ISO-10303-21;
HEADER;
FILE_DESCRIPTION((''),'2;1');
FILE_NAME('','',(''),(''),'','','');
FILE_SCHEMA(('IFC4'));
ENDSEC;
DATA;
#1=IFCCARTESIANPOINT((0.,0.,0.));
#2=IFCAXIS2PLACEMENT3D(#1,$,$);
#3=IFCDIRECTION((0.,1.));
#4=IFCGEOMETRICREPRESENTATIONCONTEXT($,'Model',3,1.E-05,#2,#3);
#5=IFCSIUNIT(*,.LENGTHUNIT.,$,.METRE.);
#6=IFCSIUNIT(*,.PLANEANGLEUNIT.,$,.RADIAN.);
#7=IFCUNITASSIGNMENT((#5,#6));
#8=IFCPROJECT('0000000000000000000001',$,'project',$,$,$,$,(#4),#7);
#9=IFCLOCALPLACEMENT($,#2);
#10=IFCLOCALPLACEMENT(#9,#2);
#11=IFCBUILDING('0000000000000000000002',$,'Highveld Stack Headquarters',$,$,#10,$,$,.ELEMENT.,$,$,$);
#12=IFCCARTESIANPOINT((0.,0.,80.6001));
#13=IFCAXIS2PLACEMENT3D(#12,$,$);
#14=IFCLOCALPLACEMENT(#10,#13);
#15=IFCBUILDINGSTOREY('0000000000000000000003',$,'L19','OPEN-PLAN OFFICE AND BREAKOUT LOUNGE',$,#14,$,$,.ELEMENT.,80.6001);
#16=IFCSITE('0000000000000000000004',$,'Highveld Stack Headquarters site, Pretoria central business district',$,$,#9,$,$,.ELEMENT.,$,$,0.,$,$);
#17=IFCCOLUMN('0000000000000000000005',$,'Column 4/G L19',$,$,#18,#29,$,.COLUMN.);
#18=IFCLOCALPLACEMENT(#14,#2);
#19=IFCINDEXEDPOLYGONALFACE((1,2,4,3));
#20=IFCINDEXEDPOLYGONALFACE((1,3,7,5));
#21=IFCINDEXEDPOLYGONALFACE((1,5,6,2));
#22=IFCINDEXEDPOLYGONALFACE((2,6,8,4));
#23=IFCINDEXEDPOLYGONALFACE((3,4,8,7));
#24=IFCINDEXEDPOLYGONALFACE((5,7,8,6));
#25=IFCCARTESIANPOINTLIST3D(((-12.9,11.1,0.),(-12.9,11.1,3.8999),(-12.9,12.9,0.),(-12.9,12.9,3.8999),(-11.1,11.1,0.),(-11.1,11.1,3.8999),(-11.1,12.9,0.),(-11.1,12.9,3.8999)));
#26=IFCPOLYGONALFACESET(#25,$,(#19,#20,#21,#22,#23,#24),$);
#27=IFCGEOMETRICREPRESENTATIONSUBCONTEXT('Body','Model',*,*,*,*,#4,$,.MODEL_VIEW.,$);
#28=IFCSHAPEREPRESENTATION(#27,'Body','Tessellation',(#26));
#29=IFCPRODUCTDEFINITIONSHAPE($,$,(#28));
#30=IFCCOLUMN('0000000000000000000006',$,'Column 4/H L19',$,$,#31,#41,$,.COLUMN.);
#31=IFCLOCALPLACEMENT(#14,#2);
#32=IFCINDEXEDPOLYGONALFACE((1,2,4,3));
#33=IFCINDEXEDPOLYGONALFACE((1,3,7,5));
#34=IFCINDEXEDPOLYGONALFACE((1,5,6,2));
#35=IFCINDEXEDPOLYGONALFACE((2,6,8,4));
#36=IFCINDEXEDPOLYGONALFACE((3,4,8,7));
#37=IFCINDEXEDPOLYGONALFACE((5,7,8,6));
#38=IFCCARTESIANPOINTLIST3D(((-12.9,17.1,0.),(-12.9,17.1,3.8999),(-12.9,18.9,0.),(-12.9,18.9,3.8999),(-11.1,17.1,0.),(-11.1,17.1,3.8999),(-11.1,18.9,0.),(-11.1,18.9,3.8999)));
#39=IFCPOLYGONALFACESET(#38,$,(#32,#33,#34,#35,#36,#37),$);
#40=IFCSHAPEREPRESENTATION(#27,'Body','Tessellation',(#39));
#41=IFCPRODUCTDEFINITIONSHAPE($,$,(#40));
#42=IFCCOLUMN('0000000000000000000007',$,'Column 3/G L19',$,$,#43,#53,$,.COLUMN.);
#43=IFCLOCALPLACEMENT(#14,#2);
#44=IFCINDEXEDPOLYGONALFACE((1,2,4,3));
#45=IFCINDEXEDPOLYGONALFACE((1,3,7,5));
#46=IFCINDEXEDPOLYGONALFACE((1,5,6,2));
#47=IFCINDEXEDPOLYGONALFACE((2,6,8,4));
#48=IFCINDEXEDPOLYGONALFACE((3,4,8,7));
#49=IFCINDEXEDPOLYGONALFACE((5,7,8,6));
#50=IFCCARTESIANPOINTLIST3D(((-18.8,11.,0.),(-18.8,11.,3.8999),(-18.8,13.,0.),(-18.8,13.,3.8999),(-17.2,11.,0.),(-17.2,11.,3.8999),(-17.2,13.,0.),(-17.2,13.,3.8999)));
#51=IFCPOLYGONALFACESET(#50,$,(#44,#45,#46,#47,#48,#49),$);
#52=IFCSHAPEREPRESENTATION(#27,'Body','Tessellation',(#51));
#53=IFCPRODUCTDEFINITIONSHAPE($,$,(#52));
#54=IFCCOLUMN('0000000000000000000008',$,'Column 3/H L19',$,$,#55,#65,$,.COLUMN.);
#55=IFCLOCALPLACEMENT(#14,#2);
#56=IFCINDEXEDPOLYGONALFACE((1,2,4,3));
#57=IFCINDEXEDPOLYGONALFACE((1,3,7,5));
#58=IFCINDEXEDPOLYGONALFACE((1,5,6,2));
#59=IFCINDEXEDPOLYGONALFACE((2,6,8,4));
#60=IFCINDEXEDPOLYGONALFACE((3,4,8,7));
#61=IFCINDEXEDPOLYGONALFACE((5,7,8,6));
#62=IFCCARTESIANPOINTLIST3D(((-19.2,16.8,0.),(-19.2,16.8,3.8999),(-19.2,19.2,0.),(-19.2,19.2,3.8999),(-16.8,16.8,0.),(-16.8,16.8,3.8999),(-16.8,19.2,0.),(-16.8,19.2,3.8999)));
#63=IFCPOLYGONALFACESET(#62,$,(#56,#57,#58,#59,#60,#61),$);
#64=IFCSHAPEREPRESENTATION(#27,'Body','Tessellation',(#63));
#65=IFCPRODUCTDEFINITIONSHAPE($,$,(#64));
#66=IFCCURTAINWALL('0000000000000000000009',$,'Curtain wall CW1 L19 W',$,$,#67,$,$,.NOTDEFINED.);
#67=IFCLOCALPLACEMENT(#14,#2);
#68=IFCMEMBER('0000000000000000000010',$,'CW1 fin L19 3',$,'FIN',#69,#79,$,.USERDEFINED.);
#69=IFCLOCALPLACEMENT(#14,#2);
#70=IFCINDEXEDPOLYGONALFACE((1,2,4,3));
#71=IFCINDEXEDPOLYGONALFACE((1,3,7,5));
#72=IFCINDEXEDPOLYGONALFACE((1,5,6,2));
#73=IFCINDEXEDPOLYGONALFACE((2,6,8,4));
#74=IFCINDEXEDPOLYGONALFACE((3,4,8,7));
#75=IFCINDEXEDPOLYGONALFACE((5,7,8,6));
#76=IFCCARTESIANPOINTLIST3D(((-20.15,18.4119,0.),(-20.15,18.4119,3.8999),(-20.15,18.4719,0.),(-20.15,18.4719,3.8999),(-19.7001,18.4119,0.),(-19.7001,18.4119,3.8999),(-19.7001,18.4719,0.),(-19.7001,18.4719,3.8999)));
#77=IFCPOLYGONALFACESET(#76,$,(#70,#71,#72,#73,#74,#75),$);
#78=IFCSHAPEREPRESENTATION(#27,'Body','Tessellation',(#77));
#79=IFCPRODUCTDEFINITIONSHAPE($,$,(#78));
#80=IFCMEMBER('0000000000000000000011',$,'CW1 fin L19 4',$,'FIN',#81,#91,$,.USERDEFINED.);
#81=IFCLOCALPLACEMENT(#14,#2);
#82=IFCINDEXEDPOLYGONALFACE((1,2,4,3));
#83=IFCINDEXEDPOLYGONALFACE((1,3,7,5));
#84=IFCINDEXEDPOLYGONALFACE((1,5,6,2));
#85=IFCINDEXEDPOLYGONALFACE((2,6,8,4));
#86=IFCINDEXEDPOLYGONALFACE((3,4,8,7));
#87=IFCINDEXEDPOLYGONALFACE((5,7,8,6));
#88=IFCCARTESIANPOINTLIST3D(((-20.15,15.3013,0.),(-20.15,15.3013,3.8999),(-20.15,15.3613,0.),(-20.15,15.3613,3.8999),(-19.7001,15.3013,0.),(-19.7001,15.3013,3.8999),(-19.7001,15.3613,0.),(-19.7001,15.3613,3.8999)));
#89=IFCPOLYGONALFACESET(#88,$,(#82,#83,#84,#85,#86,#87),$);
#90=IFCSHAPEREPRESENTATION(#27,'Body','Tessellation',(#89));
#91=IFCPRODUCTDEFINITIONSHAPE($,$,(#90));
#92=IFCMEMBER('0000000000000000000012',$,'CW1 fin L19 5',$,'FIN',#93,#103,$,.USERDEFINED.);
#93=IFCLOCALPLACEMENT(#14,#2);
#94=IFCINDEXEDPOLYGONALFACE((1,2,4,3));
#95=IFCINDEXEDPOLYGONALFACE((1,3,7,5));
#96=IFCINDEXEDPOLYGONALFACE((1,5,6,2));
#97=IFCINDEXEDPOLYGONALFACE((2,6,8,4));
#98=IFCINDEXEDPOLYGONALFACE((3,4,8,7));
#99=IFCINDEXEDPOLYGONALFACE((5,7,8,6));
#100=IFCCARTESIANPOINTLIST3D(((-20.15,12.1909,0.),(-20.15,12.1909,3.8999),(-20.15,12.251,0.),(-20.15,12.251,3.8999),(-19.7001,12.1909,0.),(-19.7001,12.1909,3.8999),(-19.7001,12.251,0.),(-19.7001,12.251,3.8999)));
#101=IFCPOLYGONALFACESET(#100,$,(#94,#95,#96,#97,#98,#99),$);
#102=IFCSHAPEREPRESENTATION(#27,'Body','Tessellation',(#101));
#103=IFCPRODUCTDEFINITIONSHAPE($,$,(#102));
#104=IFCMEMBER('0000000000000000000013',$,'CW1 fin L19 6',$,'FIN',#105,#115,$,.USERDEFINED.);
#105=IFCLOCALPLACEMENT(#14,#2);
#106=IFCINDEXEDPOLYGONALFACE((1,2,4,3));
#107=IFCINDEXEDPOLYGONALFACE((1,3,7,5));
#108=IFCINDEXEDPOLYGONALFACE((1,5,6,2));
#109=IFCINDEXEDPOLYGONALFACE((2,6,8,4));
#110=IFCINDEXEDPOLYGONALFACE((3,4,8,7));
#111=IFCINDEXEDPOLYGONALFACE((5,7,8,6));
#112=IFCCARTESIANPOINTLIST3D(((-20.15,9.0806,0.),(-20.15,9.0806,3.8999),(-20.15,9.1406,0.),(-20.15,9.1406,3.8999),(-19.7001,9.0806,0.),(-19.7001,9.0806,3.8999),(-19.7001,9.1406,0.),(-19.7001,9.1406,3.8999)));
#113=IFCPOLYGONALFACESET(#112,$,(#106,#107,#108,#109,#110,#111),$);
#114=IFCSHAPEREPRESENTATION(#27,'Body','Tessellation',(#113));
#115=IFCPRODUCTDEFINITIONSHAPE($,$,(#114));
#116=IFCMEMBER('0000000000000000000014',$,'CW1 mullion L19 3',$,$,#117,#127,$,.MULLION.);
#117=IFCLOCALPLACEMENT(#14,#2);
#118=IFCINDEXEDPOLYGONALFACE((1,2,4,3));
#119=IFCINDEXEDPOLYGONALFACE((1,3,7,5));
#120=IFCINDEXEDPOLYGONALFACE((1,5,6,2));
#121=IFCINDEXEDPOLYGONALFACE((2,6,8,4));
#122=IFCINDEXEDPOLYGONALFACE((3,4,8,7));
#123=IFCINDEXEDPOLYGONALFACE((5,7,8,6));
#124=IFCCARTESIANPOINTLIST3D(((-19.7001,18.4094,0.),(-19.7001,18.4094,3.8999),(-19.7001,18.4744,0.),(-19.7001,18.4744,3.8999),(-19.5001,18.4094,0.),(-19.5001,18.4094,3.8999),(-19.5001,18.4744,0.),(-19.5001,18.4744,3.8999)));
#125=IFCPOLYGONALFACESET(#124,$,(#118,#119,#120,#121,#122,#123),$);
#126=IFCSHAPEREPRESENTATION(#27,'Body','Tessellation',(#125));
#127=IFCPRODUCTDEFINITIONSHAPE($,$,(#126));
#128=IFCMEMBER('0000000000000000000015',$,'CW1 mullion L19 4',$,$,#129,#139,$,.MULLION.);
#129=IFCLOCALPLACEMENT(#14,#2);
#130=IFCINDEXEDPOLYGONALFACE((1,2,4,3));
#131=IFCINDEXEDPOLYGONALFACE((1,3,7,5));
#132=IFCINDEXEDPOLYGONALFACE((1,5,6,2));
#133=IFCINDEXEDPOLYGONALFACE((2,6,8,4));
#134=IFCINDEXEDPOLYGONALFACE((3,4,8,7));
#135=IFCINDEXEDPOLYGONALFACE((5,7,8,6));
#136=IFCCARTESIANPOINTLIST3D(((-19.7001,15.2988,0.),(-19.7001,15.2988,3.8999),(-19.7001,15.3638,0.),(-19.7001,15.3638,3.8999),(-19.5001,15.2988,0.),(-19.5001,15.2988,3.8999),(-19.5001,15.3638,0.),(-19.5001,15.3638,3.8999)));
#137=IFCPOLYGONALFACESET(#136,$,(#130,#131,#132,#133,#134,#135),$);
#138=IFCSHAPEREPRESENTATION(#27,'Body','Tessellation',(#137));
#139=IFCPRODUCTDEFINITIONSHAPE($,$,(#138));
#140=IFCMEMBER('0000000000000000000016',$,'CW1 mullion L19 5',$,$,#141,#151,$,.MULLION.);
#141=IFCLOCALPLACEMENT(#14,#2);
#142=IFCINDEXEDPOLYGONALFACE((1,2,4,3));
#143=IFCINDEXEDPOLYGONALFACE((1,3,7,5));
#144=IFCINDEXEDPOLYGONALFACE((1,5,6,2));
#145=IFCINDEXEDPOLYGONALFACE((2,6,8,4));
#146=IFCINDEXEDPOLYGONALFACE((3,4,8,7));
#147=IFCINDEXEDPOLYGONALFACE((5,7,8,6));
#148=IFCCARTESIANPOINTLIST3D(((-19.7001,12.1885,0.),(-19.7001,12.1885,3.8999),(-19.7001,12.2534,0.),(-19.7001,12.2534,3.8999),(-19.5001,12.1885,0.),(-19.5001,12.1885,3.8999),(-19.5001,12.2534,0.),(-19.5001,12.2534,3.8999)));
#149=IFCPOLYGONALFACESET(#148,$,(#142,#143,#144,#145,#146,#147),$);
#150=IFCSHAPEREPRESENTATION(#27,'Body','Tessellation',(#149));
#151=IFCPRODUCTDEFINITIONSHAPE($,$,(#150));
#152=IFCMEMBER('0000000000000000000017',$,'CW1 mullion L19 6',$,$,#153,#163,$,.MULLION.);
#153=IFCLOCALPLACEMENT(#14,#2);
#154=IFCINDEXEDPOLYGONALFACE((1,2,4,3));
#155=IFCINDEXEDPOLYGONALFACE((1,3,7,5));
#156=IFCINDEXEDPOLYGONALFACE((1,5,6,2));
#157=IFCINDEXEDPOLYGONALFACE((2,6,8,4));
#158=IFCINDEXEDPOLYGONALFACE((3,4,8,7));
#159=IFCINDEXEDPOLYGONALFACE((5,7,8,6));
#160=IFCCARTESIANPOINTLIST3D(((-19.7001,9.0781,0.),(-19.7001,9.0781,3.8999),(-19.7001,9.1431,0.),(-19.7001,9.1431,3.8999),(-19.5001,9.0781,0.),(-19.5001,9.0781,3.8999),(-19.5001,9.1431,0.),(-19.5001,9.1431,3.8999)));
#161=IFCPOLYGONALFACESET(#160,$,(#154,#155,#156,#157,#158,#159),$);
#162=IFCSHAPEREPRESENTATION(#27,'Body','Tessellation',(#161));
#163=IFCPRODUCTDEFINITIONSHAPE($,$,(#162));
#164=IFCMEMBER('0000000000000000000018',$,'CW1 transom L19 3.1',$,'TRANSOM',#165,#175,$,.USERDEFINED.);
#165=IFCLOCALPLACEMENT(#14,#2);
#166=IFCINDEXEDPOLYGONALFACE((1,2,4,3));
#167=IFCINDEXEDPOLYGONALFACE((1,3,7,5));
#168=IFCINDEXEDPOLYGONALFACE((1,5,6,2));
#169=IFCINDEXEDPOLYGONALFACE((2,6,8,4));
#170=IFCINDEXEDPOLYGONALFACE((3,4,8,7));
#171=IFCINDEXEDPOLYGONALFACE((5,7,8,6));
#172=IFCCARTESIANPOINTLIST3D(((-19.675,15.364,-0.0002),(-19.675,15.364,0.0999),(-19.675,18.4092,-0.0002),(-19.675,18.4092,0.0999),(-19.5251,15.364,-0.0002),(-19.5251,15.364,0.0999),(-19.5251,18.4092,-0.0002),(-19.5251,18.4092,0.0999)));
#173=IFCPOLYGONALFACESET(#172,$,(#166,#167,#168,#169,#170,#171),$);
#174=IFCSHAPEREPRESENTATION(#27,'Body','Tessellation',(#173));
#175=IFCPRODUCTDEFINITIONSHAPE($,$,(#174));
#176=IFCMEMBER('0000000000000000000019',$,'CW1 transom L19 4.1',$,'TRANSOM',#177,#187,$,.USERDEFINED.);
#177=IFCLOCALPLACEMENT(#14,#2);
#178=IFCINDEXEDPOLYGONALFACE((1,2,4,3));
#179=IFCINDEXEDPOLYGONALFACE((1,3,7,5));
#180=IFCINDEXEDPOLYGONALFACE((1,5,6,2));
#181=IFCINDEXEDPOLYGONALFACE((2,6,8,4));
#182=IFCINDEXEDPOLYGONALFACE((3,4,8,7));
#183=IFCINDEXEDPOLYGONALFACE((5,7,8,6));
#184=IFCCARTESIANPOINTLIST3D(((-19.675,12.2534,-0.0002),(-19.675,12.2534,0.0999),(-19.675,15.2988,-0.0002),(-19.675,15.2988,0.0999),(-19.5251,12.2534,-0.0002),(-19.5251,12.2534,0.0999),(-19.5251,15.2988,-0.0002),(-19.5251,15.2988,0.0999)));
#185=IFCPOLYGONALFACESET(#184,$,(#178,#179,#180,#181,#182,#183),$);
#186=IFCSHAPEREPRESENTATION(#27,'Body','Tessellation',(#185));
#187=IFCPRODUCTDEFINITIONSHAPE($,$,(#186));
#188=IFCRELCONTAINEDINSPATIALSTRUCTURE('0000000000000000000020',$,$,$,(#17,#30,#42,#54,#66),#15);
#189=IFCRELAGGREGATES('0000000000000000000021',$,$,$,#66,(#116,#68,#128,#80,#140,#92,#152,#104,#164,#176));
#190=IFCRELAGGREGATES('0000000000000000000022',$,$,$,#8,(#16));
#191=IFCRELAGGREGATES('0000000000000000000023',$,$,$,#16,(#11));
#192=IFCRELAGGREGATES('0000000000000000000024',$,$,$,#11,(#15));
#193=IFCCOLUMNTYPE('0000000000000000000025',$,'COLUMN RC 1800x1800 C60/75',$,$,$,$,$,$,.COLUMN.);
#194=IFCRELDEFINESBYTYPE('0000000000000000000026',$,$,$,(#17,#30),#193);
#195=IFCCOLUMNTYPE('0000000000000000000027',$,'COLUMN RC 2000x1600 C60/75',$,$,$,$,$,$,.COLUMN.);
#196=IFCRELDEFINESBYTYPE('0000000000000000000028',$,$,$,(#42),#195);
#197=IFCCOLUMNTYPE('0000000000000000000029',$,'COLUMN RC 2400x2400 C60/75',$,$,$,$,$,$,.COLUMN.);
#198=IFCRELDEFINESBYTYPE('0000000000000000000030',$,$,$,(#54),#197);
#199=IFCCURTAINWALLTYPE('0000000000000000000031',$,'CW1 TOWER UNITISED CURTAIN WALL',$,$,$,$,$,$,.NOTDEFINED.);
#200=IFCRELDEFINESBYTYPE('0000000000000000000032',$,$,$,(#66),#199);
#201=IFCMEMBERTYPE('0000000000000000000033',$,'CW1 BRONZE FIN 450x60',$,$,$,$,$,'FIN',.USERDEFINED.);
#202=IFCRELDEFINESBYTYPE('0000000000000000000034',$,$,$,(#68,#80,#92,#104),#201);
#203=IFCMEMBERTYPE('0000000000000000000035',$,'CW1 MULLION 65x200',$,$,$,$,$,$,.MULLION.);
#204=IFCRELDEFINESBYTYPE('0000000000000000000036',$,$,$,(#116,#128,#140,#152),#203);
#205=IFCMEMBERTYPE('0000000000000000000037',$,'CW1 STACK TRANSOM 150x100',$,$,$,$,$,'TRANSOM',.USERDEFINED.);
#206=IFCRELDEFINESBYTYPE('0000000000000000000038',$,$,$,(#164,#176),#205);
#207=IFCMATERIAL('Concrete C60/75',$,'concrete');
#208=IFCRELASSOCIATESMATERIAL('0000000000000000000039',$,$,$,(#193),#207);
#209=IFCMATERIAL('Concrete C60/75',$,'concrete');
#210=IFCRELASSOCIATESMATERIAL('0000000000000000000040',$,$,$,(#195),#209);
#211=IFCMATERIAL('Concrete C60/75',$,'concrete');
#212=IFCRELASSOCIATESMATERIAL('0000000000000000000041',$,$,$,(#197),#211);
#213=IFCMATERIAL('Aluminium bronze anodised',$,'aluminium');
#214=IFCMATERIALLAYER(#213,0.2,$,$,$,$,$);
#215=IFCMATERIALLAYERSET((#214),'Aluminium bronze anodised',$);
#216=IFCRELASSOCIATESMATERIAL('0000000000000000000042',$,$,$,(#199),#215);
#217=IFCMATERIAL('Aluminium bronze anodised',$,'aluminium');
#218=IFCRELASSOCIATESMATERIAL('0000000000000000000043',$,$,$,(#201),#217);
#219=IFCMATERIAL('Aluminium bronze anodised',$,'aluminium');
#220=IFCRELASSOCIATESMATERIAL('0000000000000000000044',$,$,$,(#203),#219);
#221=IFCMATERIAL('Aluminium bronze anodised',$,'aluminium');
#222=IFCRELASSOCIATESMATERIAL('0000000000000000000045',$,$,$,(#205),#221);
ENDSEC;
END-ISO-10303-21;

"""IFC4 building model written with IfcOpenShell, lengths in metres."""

from ifc_helpers import new_model, si_unit, direction, frame, origin, origin_2d, place, context, subcontext, project, spatial, rectangle, extrude, material, layer, layer_set, material_profile, profile_set, type_object, element, aggregate, save


model = new_model("IFC4")

# Units and contexts
model_context = context("Model", 3, precision=1e-05, world=origin(), true_north=direction((0.0, 1.0)))
body_context = subcontext(model_context, "Body", "Model", "MODEL_VIEW")
ifc_project = project(units=[si_unit("LENGTHUNIT", "METRE"), si_unit("PLANEANGLEUNIT", "RADIAN")], contexts=[model_context])

# Site, building, storey
site_placement = place(None, origin())
site = spatial("IfcSite", under=ifc_project, at=site_placement, Name="Highveld Stack Headquarters site, Pretoria central business district", CompositionType="ELEMENT", RefElevation=0.0)
building_placement = place(site_placement, origin())
building = spatial("IfcBuilding", under=site, at=building_placement, Name="Highveld Stack Headquarters", CompositionType="ELEMENT")
storey_placement = place(building_placement, frame((0.0, 0.0, 80.6001)))
storey = spatial("IfcBuildingStorey", under=building, at=storey_placement, Name="L19", Description="OPEN-PLAN OFFICE AND BREAKOUT LOUNGE", CompositionType="ELEMENT", Elevation=80.6001)

# Columns
ifc_material_1 = material(Name="Concrete C60/75", Category="concrete")
ifc_material_profile_1 = material_profile(ifc_material_1, rectangle(XDim=1.8, YDim=1.8, at=origin_2d()), Name="RC 1800x1800")
ifc_profile_set_1 = profile_set([ifc_material_profile_1], Name="Concrete C60/75")
column_type_1 = type_object("IfcColumnType", Name="COLUMN RC 1800x1800 C60/75", PredefinedType="COLUMN", material=ifc_profile_set_1)
for number, where, z_axis, x_axis, name in (
    (1, (-12.0, 12.0, 0.0), (0.0, 0.0, 1.0), (1.0, 0.0, 0.0), "Column 4/G L19"),
    (2, (-12.0, 18.0, 0.0), (0.0, 0.0, 1.0), (1.0, 0.0, 0.0), "Column 4/H L19"),
):
    element("IfcColumn", number, at=place(storey_placement, frame(where, z_axis=z_axis, x_axis=x_axis)), inside=storey, type_object=column_type_1, Name=name, PredefinedType="COLUMN", context=body_context, shape_type="SweptSolid", body=[
        extrude(rectangle(XDim=1.8, YDim=1.8, at=origin_2d()), origin(), (0.0, 0.0, 1.0), 3.8999),
    ])
ifc_material_2 = material(Name="Concrete C60/75", Category="concrete")
ifc_material_profile_2 = material_profile(ifc_material_2, rectangle(XDim=2.0, YDim=1.6001, at=origin_2d()), Name="RC 2000x1600")
ifc_profile_set_2 = profile_set([ifc_material_profile_2], Name="Concrete C60/75")
column_type_2 = type_object("IfcColumnType", Name="COLUMN RC 2000x1600 C60/75", PredefinedType="COLUMN", material=ifc_profile_set_2)
column_1_placement = place(storey_placement, frame((-18.0, 12.0, 0.0), z_axis=(0.0, 0.0, 1.0), x_axis=(0.0, 1.0, 0.0)))
element("IfcColumn", 3, at=column_1_placement, inside=storey, type_object=column_type_2, Name="Column 3/G L19", PredefinedType="COLUMN", context=body_context, shape_type="SweptSolid", body=[
    extrude(rectangle(XDim=2.0, YDim=1.6001, at=origin_2d()), origin(), (0.0, 0.0, 1.0), 3.8999),
])
ifc_material_3 = material(Name="Concrete C60/75", Category="concrete")
ifc_material_profile_3 = material_profile(ifc_material_3, rectangle(XDim=2.3999, YDim=2.3999, at=origin_2d()), Name="RC 2400x2400")
ifc_profile_set_3 = profile_set([ifc_material_profile_3], Name="Concrete C60/75")
column_type_3 = type_object("IfcColumnType", Name="COLUMN RC 2400x2400 C60/75", PredefinedType="COLUMN", material=ifc_profile_set_3)
column_2_placement = place(storey_placement, frame((-18.0, 18.0, 0.0), z_axis=(0.0, 0.0, 1.0), x_axis=(1.0, 0.0, 0.0)))
element("IfcColumn", 4, at=column_2_placement, inside=storey, type_object=column_type_3, Name="Column 3/H L19", PredefinedType="COLUMN", context=body_context, shape_type="SweptSolid", body=[
    extrude(rectangle(XDim=2.3999, YDim=2.3999, at=origin_2d()), origin(), (0.0, 0.0, 1.0), 3.8999),
])

# Curtain wall, members
ifc_material_4 = material(Name="Aluminium bronze anodised", Category="aluminium")
ifc_layer_1 = layer(ifc_material_4, 0.2)
ifc_layer_set_1 = layer_set([ifc_layer_1], Name="Aluminium bronze anodised")
curtain_wall_type = type_object("IfcCurtainWallType", Name="CW1 TOWER UNITISED CURTAIN WALL", PredefinedType="NOTDEFINED", material=ifc_layer_set_1)
curtain_wall_placement = place(storey_placement, origin())
curtain_wall = element("IfcCurtainWall", 5, at=curtain_wall_placement, inside=storey, type_object=curtain_wall_type, Name="Curtain wall CW1 L19 W", PredefinedType="NOTDEFINED")
ifc_material_5 = material(Name="Aluminium bronze anodised", Category="aluminium")
ifc_material_profile_4 = material_profile(ifc_material_5, rectangle(XDim=0.45, YDim=0.0601, at=origin_2d()), Name="FIN 450x60")
ifc_profile_set_4 = profile_set([ifc_material_profile_4], Name="Aluminium bronze anodised")
member_type_1 = type_object("IfcMemberType", Name="CW1 BRONZE FIN 450x60", ElementType="FIN", PredefinedType="USERDEFINED", material=ifc_profile_set_4)
member_1_placement = place(storey_placement, frame((-19.925, 18.4419, 0.0), z_axis=(0.0, 0.0, 1.0), x_axis=(1.0, 0.0, 0.0)))
member_1 = element("IfcMember", 6, at=member_1_placement, type_object=member_type_1, Name="CW1 fin L19 3", ObjectType="FIN", PredefinedType="USERDEFINED", context=body_context, shape_type="SweptSolid", body=[
    extrude(rectangle(XDim=0.45, YDim=0.0601, at=origin_2d()), origin(), (0.0, 0.0, 1.0), 3.8999),
])
member_2_placement = place(storey_placement, frame((-19.925, 15.3313, 0.0), z_axis=(0.0, 0.0, 1.0), x_axis=(1.0, 0.0, 0.0)))
member_2 = element("IfcMember", 7, at=member_2_placement, type_object=member_type_1, Name="CW1 fin L19 4", ObjectType="FIN", PredefinedType="USERDEFINED", context=body_context, shape_type="SweptSolid", body=[
    extrude(rectangle(XDim=0.45, YDim=0.0601, at=origin_2d()), origin(), (0.0, 0.0, 1.0), 3.8999),
])
member_3_placement = place(storey_placement, frame((-19.925, 12.2209, 0.0), z_axis=(0.0, 0.0, 1.0), x_axis=(1.0, 0.0, 0.0)))
member_3 = element("IfcMember", 8, at=member_3_placement, type_object=member_type_1, Name="CW1 fin L19 5", ObjectType="FIN", PredefinedType="USERDEFINED", context=body_context, shape_type="SweptSolid", body=[
    extrude(rectangle(XDim=0.45, YDim=0.0601, at=origin_2d()), origin(), (0.0, 0.0, 1.0), 3.8999),
])
member_4_placement = place(storey_placement, frame((-19.925, 9.1106, 0.0), z_axis=(0.0, 0.0, 1.0), x_axis=(1.0, 0.0, 0.0)))
member_4 = element("IfcMember", 9, at=member_4_placement, type_object=member_type_1, Name="CW1 fin L19 6", ObjectType="FIN", PredefinedType="USERDEFINED", context=body_context, shape_type="SweptSolid", body=[
    extrude(rectangle(XDim=0.45, YDim=0.0601, at=origin_2d()), origin(), (0.0, 0.0, 1.0), 3.8999),
])
ifc_material_6 = material(Name="Aluminium bronze anodised", Category="aluminium")
ifc_material_profile_5 = material_profile(ifc_material_6, rectangle(XDim=0.2, YDim=0.0649, at=origin_2d()), Name="CW1 MULLION 65x200")
ifc_profile_set_5 = profile_set([ifc_material_profile_5], Name="Aluminium bronze anodised")
member_type_2 = type_object("IfcMemberType", Name="CW1 MULLION 65x200", PredefinedType="MULLION", material=ifc_profile_set_5)
member_5_placement = place(storey_placement, frame((-19.6001, 18.4419, 0.0), z_axis=(0.0, 0.0, 1.0), x_axis=(1.0, 0.0, 0.0)))
member_5 = element("IfcMember", 10, at=member_5_placement, type_object=member_type_2, Name="CW1 mullion L19 3", PredefinedType="MULLION", context=body_context, shape_type="SweptSolid", body=[
    extrude(rectangle(XDim=0.2, YDim=0.0649, at=origin_2d()), origin(), (0.0, 0.0, 1.0), 3.8999),
])
member_6_placement = place(storey_placement, frame((-19.6001, 15.3313, 0.0), z_axis=(0.0, 0.0, 1.0), x_axis=(1.0, 0.0, 0.0)))
member_6 = element("IfcMember", 11, at=member_6_placement, type_object=member_type_2, Name="CW1 mullion L19 4", PredefinedType="MULLION", context=body_context, shape_type="SweptSolid", body=[
    extrude(rectangle(XDim=0.2, YDim=0.0649, at=origin_2d()), origin(), (0.0, 0.0, 1.0), 3.8999),
])
member_7_placement = place(storey_placement, frame((-19.6001, 12.2209, 0.0), z_axis=(0.0, 0.0, 1.0), x_axis=(1.0, 0.0, 0.0)))
member_7 = element("IfcMember", 12, at=member_7_placement, type_object=member_type_2, Name="CW1 mullion L19 5", PredefinedType="MULLION", context=body_context, shape_type="SweptSolid", body=[
    extrude(rectangle(XDim=0.2, YDim=0.0649, at=origin_2d()), origin(), (0.0, 0.0, 1.0), 3.8999),
])
member_8_placement = place(storey_placement, frame((-19.6001, 9.1106, 0.0), z_axis=(0.0, 0.0, 1.0), x_axis=(1.0, 0.0, 0.0)))
member_8 = element("IfcMember", 13, at=member_8_placement, type_object=member_type_2, Name="CW1 mullion L19 6", PredefinedType="MULLION", context=body_context, shape_type="SweptSolid", body=[
    extrude(rectangle(XDim=0.2, YDim=0.0649, at=origin_2d()), origin(), (0.0, 0.0, 1.0), 3.8999),
])
ifc_material_7 = material(Name="Aluminium bronze anodised", Category="aluminium")
ifc_material_profile_6 = material_profile(ifc_material_7, rectangle(XDim=0.1499, YDim=0.1001, at=origin_2d()), Name="CW1 TRANSOM 150x100")
ifc_profile_set_6 = profile_set([ifc_material_profile_6], Name="Aluminium bronze anodised")
member_type_3 = type_object("IfcMemberType", Name="CW1 STACK TRANSOM 150x100", ElementType="TRANSOM", PredefinedType="USERDEFINED", material=ifc_profile_set_6)
member_9_placement = place(storey_placement, frame((-19.6001, 18.4092, 0.0498), z_axis=(0.0, -1.0, 0.0), x_axis=(1.0, 0.0, 0.0)))
member_9 = element("IfcMember", 14, at=member_9_placement, type_object=member_type_3, Name="CW1 transom L19 3.1", ObjectType="TRANSOM", PredefinedType="USERDEFINED", context=body_context, shape_type="SweptSolid", body=[
    extrude(rectangle(XDim=0.1499, YDim=0.1001, at=origin_2d()), origin(), (0.0, 0.0, 1.0), 3.0452),
])
member_10_placement = place(storey_placement, frame((-19.6001, 15.2988, 0.0498), z_axis=(0.0, -1.0, 0.0), x_axis=(1.0, 0.0, 0.0)))
member_10 = element("IfcMember", 15, at=member_10_placement, type_object=member_type_3, Name="CW1 transom L19 4.1", ObjectType="TRANSOM", PredefinedType="USERDEFINED", context=body_context, shape_type="SweptSolid", body=[
    extrude(rectangle(XDim=0.1499, YDim=0.1001, at=origin_2d()), origin(), (0.0, 0.0, 1.0), 3.0454),
])
aggregate(curtain_wall, [member_5, member_1, member_6, member_2, member_7, member_3, member_8, member_4, member_9, member_10])

save(model, "model.ifc")
